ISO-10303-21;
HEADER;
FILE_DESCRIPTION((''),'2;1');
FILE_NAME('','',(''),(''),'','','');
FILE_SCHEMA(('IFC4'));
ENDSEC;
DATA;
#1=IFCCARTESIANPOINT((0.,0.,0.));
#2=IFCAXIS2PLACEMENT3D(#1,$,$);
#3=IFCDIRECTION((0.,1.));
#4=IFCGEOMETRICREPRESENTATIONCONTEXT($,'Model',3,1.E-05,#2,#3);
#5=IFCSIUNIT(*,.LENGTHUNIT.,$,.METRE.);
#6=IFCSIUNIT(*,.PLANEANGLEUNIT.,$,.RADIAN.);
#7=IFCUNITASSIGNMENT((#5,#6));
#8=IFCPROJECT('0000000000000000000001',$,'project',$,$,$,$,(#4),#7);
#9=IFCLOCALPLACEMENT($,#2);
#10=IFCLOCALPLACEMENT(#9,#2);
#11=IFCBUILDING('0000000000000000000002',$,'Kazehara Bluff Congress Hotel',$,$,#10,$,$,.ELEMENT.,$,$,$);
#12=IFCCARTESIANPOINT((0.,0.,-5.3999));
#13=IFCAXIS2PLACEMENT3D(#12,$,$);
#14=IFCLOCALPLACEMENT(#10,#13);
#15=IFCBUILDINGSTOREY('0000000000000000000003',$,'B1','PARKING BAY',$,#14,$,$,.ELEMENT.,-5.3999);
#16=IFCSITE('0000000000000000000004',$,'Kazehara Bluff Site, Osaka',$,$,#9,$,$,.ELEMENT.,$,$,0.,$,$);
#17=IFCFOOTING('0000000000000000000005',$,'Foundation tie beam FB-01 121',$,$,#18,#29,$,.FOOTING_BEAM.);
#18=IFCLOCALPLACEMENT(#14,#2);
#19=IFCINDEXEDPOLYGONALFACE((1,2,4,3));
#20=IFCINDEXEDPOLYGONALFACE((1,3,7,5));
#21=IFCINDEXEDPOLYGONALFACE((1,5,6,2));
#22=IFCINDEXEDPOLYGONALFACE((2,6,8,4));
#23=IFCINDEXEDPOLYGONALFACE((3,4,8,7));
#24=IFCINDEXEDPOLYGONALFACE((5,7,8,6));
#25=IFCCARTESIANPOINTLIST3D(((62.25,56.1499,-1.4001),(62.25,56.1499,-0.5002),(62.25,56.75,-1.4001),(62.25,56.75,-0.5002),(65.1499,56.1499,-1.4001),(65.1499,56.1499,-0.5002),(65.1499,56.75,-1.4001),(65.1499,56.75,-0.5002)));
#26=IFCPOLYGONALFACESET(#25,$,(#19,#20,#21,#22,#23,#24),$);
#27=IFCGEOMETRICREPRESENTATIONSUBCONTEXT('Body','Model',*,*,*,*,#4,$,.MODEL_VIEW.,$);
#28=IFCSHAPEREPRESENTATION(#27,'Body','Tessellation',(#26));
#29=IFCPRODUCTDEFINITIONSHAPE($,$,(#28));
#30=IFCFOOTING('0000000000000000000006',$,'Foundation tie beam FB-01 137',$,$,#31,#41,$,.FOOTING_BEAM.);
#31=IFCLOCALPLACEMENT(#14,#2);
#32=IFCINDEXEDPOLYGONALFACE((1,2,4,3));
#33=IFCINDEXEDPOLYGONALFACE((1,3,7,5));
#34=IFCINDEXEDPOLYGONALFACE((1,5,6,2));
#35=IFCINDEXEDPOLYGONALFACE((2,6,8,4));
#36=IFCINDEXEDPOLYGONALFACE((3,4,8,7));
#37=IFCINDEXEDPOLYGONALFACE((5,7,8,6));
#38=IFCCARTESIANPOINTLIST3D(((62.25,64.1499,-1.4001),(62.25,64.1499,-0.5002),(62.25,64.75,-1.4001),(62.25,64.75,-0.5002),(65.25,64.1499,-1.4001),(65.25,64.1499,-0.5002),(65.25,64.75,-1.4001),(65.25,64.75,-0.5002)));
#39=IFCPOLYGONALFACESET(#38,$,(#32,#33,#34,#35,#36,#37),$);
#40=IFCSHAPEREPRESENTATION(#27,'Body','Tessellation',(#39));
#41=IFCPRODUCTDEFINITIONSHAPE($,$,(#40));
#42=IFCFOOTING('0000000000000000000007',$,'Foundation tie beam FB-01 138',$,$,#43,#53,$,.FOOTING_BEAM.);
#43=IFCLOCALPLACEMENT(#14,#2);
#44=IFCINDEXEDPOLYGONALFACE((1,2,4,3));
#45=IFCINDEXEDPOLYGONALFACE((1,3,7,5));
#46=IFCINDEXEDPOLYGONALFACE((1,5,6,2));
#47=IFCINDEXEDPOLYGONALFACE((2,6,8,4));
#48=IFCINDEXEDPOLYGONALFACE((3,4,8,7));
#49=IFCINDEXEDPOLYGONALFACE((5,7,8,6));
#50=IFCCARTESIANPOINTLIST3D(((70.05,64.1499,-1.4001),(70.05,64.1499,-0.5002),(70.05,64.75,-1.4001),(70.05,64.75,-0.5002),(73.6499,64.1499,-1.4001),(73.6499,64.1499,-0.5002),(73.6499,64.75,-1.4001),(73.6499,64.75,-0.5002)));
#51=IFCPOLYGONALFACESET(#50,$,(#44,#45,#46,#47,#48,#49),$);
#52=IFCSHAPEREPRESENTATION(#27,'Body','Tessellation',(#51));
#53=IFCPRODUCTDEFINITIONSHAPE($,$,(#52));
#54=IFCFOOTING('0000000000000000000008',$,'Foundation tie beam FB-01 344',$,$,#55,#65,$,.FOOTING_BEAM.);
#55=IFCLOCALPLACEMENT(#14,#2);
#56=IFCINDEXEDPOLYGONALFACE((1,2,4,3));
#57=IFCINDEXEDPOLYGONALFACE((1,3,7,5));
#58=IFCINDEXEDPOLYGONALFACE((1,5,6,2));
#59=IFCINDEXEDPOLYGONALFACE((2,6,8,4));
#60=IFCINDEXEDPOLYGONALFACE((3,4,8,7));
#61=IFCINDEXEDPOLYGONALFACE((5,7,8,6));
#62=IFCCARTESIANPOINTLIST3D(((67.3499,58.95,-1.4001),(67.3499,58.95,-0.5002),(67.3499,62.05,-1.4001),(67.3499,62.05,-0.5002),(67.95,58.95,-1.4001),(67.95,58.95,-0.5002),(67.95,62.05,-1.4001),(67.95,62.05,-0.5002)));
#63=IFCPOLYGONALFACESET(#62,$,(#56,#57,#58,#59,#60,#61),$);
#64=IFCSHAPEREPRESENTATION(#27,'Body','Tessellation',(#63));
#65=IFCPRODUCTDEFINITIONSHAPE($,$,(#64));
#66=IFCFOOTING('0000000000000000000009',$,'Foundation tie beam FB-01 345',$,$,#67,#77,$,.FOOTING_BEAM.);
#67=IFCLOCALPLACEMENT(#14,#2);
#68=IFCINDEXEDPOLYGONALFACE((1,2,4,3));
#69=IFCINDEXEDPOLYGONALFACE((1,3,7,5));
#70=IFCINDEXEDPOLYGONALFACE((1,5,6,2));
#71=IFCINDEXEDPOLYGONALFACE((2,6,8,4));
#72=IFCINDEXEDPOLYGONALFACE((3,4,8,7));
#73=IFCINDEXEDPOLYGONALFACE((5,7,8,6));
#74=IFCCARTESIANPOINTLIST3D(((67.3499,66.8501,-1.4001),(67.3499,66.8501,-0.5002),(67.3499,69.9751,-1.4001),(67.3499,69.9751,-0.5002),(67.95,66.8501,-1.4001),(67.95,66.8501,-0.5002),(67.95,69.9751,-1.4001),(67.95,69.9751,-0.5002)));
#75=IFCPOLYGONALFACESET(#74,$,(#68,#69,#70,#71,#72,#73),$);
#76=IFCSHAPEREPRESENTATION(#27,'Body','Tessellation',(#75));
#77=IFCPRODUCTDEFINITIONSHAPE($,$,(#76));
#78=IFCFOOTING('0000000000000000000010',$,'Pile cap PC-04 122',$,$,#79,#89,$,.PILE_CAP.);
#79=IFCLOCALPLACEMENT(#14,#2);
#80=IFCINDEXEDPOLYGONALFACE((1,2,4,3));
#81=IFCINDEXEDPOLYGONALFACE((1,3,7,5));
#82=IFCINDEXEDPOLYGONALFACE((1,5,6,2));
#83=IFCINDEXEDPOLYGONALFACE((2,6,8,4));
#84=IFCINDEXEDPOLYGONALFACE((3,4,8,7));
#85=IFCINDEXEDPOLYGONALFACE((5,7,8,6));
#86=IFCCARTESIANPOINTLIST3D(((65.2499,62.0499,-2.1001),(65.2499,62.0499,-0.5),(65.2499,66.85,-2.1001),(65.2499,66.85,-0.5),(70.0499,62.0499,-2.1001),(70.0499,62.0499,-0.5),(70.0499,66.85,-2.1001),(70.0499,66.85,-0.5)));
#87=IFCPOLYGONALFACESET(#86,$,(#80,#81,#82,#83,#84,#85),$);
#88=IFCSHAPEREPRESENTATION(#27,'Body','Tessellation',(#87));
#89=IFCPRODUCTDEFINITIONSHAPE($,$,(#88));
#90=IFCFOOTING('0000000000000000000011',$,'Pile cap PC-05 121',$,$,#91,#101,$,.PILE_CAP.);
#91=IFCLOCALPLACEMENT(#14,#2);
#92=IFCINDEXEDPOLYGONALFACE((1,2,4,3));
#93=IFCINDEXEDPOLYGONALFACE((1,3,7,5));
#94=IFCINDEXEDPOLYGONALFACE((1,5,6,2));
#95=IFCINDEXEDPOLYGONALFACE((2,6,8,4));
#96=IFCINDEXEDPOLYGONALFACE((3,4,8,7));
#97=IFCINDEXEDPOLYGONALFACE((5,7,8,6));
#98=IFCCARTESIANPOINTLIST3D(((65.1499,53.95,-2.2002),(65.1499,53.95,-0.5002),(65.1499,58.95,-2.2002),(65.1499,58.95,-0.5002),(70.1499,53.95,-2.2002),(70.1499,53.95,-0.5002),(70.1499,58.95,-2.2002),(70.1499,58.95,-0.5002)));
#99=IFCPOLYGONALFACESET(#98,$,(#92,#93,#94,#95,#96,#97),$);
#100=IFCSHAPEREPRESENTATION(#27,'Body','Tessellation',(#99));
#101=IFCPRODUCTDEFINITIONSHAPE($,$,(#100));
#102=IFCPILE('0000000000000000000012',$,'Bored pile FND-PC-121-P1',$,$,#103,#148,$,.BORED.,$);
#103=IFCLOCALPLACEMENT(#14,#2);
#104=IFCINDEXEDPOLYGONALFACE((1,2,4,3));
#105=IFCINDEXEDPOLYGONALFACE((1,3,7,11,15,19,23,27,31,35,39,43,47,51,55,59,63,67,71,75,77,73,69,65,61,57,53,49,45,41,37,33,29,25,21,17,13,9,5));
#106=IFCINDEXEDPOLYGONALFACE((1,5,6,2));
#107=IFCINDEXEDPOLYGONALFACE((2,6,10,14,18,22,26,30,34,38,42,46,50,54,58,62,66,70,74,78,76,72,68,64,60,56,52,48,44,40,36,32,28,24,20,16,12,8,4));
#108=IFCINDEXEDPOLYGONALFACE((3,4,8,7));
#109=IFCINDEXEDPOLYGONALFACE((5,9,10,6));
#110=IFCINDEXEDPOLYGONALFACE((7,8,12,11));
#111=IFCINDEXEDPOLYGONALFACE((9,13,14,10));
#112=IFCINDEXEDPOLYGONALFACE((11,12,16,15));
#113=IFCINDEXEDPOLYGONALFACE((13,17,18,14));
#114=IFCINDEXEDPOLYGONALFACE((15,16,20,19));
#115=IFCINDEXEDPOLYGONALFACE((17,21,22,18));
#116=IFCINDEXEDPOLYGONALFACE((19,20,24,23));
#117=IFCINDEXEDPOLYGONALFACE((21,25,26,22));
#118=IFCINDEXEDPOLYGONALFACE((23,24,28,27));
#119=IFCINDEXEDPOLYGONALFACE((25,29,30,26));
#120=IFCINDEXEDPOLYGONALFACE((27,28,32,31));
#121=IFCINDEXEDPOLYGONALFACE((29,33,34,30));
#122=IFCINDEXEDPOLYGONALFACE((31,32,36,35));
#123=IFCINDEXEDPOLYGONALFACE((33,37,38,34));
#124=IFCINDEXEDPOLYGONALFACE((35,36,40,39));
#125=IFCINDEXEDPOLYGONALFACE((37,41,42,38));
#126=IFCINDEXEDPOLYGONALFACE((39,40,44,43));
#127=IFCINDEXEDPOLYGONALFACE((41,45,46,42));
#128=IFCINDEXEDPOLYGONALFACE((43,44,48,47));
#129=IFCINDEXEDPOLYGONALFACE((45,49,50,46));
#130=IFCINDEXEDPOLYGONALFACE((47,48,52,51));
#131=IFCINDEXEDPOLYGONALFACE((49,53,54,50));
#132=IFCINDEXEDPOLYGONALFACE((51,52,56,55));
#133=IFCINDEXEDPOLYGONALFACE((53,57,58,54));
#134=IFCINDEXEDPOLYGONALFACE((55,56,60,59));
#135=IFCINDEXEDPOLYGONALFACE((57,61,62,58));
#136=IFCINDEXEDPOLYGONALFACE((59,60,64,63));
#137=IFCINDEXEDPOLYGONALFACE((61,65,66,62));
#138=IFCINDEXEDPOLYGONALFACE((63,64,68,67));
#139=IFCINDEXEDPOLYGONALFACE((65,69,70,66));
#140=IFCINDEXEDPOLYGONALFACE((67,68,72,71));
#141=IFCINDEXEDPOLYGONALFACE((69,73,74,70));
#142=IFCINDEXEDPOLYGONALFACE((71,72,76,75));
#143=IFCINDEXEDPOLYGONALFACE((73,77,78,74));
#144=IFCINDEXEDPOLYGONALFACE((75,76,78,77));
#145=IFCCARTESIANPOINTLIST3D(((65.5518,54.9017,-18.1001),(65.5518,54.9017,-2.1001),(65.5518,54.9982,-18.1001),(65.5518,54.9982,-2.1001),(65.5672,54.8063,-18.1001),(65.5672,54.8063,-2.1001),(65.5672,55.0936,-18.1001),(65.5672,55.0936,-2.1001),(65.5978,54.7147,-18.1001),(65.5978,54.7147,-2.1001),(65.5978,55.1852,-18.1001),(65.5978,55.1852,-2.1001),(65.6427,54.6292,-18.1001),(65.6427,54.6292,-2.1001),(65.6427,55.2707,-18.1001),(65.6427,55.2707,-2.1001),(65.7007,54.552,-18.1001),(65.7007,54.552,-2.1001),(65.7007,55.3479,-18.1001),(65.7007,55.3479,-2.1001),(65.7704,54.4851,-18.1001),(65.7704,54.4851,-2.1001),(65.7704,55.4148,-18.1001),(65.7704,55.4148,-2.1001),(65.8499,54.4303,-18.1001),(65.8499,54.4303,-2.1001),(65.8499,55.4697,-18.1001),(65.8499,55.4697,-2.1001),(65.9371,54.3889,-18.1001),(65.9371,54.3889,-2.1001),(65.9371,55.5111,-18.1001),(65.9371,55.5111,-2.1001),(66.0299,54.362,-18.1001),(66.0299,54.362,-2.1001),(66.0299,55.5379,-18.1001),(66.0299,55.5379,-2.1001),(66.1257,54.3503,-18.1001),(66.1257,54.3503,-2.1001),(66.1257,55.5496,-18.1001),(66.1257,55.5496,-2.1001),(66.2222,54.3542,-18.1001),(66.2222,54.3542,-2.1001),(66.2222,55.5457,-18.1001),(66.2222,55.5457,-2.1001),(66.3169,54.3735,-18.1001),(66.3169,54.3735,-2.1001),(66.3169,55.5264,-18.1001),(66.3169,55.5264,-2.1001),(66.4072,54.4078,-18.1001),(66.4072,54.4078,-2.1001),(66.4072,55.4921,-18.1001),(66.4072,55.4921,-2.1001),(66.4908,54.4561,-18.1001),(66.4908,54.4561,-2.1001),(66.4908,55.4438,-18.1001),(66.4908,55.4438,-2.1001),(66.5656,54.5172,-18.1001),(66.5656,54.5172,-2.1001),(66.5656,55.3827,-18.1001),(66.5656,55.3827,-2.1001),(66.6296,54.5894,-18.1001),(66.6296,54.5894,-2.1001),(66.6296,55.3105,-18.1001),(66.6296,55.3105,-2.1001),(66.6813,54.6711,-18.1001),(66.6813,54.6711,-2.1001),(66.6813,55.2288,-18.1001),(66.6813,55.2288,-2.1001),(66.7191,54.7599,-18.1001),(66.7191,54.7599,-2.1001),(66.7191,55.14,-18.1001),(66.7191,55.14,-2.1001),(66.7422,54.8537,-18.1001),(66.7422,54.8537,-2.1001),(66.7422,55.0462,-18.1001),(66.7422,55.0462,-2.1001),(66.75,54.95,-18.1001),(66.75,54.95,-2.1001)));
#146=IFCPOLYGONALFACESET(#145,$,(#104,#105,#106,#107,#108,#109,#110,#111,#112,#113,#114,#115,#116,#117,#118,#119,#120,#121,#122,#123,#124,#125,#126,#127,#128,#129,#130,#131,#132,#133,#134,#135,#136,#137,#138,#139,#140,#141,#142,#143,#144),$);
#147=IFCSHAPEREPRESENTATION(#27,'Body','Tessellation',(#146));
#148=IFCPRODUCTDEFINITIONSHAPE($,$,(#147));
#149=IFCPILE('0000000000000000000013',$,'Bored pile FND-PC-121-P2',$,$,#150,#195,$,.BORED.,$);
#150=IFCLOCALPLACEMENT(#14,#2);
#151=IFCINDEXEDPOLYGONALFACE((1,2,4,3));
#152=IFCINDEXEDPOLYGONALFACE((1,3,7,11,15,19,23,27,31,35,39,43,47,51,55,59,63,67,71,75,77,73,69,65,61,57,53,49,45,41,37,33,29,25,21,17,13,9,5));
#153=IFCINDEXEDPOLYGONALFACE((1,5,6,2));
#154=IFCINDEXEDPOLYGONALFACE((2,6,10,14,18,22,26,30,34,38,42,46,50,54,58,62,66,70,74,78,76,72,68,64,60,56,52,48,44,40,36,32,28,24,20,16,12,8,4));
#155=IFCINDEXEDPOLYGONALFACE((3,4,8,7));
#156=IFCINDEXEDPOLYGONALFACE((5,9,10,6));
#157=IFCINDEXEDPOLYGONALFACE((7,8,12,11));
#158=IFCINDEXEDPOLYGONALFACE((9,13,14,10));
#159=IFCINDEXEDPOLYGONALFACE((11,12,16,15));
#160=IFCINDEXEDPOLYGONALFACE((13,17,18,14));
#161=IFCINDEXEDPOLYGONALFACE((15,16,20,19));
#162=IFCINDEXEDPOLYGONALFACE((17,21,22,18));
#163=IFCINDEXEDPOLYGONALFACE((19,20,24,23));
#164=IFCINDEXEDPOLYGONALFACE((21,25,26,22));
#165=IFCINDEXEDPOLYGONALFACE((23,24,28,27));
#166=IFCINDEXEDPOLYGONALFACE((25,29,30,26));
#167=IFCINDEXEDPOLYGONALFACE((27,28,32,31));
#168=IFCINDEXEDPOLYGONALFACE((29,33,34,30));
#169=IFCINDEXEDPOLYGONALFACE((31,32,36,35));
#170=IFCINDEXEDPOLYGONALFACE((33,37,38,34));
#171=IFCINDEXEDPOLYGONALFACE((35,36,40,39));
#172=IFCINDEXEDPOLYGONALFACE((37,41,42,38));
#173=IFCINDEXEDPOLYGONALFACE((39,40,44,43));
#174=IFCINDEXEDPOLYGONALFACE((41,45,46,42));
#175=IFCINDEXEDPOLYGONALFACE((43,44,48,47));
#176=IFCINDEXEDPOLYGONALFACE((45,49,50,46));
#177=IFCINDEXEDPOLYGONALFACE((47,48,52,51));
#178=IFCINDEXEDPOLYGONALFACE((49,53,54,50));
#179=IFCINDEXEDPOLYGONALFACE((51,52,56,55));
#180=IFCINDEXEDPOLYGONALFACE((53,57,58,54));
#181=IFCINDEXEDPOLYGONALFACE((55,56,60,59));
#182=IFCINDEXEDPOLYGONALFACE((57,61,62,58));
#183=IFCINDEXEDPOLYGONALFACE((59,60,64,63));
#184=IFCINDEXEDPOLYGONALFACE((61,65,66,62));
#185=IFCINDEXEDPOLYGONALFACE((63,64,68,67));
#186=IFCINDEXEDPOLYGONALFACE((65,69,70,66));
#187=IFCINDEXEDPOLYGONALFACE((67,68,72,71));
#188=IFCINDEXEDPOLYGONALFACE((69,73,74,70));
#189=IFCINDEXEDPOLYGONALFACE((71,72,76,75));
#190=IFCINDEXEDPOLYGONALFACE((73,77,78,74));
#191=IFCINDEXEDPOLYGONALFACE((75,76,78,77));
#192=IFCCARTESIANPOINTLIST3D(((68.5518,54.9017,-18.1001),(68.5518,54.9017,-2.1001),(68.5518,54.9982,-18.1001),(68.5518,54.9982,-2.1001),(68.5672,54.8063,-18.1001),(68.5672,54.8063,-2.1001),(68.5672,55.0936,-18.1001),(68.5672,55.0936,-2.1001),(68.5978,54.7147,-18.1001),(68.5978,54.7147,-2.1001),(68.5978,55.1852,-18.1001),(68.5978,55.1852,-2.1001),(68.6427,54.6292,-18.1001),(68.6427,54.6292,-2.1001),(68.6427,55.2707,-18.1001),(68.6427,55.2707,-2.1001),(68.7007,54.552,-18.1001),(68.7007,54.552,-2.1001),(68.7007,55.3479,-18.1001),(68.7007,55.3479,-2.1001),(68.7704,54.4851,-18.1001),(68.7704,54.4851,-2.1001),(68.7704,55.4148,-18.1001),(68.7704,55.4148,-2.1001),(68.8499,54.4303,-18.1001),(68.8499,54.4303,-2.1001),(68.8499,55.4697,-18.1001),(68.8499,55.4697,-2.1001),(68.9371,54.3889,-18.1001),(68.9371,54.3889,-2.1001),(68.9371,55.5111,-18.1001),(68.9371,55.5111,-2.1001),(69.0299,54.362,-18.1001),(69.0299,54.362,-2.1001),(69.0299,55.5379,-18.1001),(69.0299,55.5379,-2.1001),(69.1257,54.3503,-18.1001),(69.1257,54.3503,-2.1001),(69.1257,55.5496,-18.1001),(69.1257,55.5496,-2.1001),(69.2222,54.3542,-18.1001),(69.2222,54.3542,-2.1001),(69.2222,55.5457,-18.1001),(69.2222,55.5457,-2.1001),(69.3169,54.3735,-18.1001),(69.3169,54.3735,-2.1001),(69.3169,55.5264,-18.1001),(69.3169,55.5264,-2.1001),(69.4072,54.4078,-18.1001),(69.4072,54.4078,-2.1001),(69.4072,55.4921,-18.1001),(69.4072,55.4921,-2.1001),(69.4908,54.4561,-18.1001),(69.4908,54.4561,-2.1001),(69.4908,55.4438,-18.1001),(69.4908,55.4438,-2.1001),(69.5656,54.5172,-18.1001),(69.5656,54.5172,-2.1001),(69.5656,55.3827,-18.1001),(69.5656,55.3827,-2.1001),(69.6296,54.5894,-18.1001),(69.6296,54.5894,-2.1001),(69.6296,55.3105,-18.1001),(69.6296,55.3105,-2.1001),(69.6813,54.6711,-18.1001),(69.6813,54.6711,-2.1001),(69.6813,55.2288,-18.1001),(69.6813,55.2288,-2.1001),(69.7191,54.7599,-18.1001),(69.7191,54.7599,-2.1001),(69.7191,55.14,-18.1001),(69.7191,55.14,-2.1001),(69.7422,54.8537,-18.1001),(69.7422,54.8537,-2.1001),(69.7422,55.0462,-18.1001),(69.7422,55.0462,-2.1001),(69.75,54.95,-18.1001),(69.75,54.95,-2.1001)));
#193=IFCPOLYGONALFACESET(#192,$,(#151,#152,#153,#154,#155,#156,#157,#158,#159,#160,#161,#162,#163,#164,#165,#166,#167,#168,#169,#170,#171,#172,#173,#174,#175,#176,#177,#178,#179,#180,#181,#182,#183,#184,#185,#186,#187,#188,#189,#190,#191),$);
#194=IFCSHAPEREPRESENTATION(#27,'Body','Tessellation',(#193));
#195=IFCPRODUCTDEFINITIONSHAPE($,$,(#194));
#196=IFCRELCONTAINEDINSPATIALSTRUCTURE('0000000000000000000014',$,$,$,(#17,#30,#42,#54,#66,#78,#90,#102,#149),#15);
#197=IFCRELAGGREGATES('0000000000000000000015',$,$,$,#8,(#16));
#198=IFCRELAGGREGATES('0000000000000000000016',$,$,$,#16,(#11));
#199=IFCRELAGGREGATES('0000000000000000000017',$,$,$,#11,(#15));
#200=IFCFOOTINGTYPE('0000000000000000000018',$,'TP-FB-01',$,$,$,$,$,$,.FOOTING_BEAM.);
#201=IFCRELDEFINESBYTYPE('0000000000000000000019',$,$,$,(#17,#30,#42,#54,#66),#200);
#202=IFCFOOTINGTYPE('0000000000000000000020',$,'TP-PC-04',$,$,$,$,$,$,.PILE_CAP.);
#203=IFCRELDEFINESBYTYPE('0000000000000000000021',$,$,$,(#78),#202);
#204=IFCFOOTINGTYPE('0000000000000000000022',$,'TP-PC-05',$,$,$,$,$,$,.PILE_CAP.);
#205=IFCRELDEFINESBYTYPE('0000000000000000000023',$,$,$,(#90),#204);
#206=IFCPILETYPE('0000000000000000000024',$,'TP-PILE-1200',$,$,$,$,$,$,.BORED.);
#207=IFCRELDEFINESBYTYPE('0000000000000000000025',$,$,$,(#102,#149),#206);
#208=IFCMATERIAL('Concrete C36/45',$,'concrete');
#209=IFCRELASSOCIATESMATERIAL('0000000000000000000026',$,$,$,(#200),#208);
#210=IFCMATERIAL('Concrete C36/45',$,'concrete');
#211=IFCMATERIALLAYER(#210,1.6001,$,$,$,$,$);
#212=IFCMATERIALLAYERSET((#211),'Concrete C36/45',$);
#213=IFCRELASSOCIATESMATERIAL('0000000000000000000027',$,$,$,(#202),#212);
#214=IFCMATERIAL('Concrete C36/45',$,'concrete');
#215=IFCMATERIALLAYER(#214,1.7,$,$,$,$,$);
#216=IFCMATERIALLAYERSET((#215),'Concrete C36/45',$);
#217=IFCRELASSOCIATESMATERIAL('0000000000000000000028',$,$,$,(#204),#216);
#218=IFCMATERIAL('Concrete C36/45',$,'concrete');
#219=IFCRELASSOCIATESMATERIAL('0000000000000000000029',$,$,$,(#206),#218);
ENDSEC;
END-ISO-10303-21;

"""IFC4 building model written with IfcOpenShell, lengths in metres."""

from ifc_helpers import new_model, si_unit, direction, frame, origin, origin_2d, place, context, subcontext, project, spatial, rectangle, circle, extrude, material, layer, layer_set, material_profile, profile_set, type_object, element, save


model = new_model("IFC4")

# Units and contexts
model_context = context("Model", 3, precision=1e-05, world=origin(), true_north=direction((0.0, 1.0)))
body_context = subcontext(model_context, "Body", "Model", "MODEL_VIEW")
ifc_project = project(units=[si_unit("LENGTHUNIT", "METRE"), si_unit("PLANEANGLEUNIT", "RADIAN")], contexts=[model_context])

# Site, building, storey
site_placement = place(None, origin())
site = spatial("IfcSite", under=ifc_project, at=site_placement, Name="Kazehara Bluff Site, Osaka", CompositionType="ELEMENT", RefElevation=0.0)
building_placement = place(site_placement, origin())
building = spatial("IfcBuilding", under=site, at=building_placement, Name="Kazehara Bluff Congress Hotel", CompositionType="ELEMENT")
storey_placement = place(building_placement, frame((0.0, 0.0, -5.3999)))
storey = spatial("IfcBuildingStorey", under=building, at=storey_placement, Name="B1", Description="PARKING BAY", CompositionType="ELEMENT", Elevation=-5.3999)

# Footings
ifc_material_1 = material(Name="Concrete C36/45", Category="concrete")
ifc_material_profile_1 = material_profile(ifc_material_1, rectangle(XDim=0.6001, YDim=0.8999, at=origin_2d()))
ifc_profile_set_1 = profile_set([ifc_material_profile_1], Name="Concrete C36/45")
footing_type_1 = type_object("IfcFootingType", Name="TP-FB-01", PredefinedType="FOOTING_BEAM", material=ifc_profile_set_1)
footing_1_placement = place(storey_placement, frame((62.25, 56.45, -0.9502), z_axis=(1.0, 0.0, 0.0), x_axis=(0.0, 1.0, 0.0)))
element("IfcFooting", 1, at=footing_1_placement, inside=storey, type_object=footing_type_1, Name="Foundation tie beam FB-01 121", PredefinedType="FOOTING_BEAM", context=body_context, shape_type="SweptSolid", body=[
    extrude(rectangle(XDim=0.6001, YDim=0.8999, at=origin_2d()), origin(), (0.0, 0.0, 1.0), 2.8999),
])
footing_2_placement = place(storey_placement, frame((62.25, 64.45, -0.9502), z_axis=(1.0, 0.0, 0.0), x_axis=(0.0, 1.0, 0.0)))
element("IfcFooting", 2, at=footing_2_placement, inside=storey, type_object=footing_type_1, Name="Foundation tie beam FB-01 137", PredefinedType="FOOTING_BEAM", context=body_context, shape_type="SweptSolid", body=[
    extrude(rectangle(XDim=0.6001, YDim=0.8999, at=origin_2d()), origin(), (0.0, 0.0, 1.0), 3.0),
])
footing_3_placement = place(storey_placement, frame((70.05, 64.45, -0.9502), z_axis=(1.0, 0.0, 0.0), x_axis=(0.0, 1.0, 0.0)))
element("IfcFooting", 3, at=footing_3_placement, inside=storey, type_object=footing_type_1, Name="Foundation tie beam FB-01 138", PredefinedType="FOOTING_BEAM", context=body_context, shape_type="SweptSolid", body=[
    extrude(rectangle(XDim=0.6001, YDim=0.8999, at=origin_2d()), origin(), (0.0, 0.0, 1.0), 3.5999),
])
footing_4_placement = place(storey_placement, frame((67.6499, 58.95, -0.9502), z_axis=(0.0, 1.0, 0.0), x_axis=(-1.0, 0.0, 0.0)))
element("IfcFooting", 4, at=footing_4_placement, inside=storey, type_object=footing_type_1, Name="Foundation tie beam FB-01 344", PredefinedType="FOOTING_BEAM", context=body_context, shape_type="SweptSolid", body=[
    extrude(rectangle(XDim=0.6001, YDim=0.8999, at=origin_2d()), origin(), (0.0, 0.0, 1.0), 3.1001),
])
footing_5_placement = place(storey_placement, frame((67.6499, 66.8501, -0.9502), z_axis=(0.0, 1.0, 0.0), x_axis=(-1.0, 0.0, 0.0)))
element("IfcFooting", 5, at=footing_5_placement, inside=storey, type_object=footing_type_1, Name="Foundation tie beam FB-01 345", PredefinedType="FOOTING_BEAM", context=body_context, shape_type="SweptSolid", body=[
    extrude(rectangle(XDim=0.6001, YDim=0.8999, at=origin_2d()), origin(), (0.0, 0.0, 1.0), 3.125),
])
ifc_material_2 = material(Name="Concrete C36/45", Category="concrete")
ifc_layer_1 = layer(ifc_material_2, 1.6001)
ifc_layer_set_1 = layer_set([ifc_layer_1], Name="Concrete C36/45")
footing_type_2 = type_object("IfcFootingType", Name="TP-PC-04", PredefinedType="PILE_CAP", material=ifc_layer_set_1)
footing_6_placement = place(storey_placement, frame((67.6499, 64.45, -2.1001), z_axis=(0.0, 0.0, 1.0), x_axis=(1.0, 0.0, 0.0)))
element("IfcFooting", 6, at=footing_6_placement, inside=storey, type_object=footing_type_2, Name="Pile cap PC-04 122", PredefinedType="PILE_CAP", context=body_context, shape_type="SweptSolid", body=[
    extrude(rectangle(XDim=4.8, YDim=4.8, at=origin_2d()), origin(), (0.0, 0.0, 1.0), 1.6001),
])
ifc_material_3 = material(Name="Concrete C36/45", Category="concrete")
ifc_layer_2 = layer(ifc_material_3, 1.7)
ifc_layer_set_2 = layer_set([ifc_layer_2], Name="Concrete C36/45")
footing_type_3 = type_object("IfcFootingType", Name="TP-PC-05", PredefinedType="PILE_CAP", material=ifc_layer_set_2)
footing_7_placement = place(storey_placement, frame((67.6499, 56.45, -2.2002), z_axis=(0.0, 0.0, 1.0), x_axis=(1.0, 0.0, 0.0)))
element("IfcFooting", 7, at=footing_7_placement, inside=storey, type_object=footing_type_3, Name="Pile cap PC-05 121", PredefinedType="PILE_CAP", context=body_context, shape_type="SweptSolid", body=[
    extrude(rectangle(XDim=5.0, YDim=5.0, at=origin_2d()), origin(), (0.0, 0.0, 1.0), 1.7),
])

# Piles
ifc_material_4 = material(Name="Concrete C36/45", Category="concrete")
ifc_material_profile_2 = material_profile(ifc_material_4, circle(Radius=0.6001, at=origin_2d()))
ifc_profile_set_2 = profile_set([ifc_material_profile_2], Name="Concrete C36/45")
pile_type_1 = type_object("IfcPileType", Name="TP-PILE-1200", PredefinedType="BORED", material=ifc_profile_set_2)
for number, where, z_axis, x_axis, name in (
    (8, (66.1499, 54.95, -2.1001), (0.0, 0.0, -1.0), (1.0, 0.0, 0.0), "Bored pile FND-PC-121-P1"),
    (9, (69.1499, 54.95, -2.1001), (0.0, 0.0, -1.0), (1.0, 0.0, 0.0), "Bored pile FND-PC-121-P2"),
):
    element("IfcPile", number, at=place(storey_placement, frame(where, z_axis=z_axis, x_axis=x_axis)), inside=storey, type_object=pile_type_1, Name=name, PredefinedType="BORED", context=body_context, shape_type="SweptSolid", body=[
        extrude(circle(Radius=0.6001, at=origin_2d()), origin(), (0.0, 0.0, 1.0), 16.0),
    ])

save(model, "model.ifc")
